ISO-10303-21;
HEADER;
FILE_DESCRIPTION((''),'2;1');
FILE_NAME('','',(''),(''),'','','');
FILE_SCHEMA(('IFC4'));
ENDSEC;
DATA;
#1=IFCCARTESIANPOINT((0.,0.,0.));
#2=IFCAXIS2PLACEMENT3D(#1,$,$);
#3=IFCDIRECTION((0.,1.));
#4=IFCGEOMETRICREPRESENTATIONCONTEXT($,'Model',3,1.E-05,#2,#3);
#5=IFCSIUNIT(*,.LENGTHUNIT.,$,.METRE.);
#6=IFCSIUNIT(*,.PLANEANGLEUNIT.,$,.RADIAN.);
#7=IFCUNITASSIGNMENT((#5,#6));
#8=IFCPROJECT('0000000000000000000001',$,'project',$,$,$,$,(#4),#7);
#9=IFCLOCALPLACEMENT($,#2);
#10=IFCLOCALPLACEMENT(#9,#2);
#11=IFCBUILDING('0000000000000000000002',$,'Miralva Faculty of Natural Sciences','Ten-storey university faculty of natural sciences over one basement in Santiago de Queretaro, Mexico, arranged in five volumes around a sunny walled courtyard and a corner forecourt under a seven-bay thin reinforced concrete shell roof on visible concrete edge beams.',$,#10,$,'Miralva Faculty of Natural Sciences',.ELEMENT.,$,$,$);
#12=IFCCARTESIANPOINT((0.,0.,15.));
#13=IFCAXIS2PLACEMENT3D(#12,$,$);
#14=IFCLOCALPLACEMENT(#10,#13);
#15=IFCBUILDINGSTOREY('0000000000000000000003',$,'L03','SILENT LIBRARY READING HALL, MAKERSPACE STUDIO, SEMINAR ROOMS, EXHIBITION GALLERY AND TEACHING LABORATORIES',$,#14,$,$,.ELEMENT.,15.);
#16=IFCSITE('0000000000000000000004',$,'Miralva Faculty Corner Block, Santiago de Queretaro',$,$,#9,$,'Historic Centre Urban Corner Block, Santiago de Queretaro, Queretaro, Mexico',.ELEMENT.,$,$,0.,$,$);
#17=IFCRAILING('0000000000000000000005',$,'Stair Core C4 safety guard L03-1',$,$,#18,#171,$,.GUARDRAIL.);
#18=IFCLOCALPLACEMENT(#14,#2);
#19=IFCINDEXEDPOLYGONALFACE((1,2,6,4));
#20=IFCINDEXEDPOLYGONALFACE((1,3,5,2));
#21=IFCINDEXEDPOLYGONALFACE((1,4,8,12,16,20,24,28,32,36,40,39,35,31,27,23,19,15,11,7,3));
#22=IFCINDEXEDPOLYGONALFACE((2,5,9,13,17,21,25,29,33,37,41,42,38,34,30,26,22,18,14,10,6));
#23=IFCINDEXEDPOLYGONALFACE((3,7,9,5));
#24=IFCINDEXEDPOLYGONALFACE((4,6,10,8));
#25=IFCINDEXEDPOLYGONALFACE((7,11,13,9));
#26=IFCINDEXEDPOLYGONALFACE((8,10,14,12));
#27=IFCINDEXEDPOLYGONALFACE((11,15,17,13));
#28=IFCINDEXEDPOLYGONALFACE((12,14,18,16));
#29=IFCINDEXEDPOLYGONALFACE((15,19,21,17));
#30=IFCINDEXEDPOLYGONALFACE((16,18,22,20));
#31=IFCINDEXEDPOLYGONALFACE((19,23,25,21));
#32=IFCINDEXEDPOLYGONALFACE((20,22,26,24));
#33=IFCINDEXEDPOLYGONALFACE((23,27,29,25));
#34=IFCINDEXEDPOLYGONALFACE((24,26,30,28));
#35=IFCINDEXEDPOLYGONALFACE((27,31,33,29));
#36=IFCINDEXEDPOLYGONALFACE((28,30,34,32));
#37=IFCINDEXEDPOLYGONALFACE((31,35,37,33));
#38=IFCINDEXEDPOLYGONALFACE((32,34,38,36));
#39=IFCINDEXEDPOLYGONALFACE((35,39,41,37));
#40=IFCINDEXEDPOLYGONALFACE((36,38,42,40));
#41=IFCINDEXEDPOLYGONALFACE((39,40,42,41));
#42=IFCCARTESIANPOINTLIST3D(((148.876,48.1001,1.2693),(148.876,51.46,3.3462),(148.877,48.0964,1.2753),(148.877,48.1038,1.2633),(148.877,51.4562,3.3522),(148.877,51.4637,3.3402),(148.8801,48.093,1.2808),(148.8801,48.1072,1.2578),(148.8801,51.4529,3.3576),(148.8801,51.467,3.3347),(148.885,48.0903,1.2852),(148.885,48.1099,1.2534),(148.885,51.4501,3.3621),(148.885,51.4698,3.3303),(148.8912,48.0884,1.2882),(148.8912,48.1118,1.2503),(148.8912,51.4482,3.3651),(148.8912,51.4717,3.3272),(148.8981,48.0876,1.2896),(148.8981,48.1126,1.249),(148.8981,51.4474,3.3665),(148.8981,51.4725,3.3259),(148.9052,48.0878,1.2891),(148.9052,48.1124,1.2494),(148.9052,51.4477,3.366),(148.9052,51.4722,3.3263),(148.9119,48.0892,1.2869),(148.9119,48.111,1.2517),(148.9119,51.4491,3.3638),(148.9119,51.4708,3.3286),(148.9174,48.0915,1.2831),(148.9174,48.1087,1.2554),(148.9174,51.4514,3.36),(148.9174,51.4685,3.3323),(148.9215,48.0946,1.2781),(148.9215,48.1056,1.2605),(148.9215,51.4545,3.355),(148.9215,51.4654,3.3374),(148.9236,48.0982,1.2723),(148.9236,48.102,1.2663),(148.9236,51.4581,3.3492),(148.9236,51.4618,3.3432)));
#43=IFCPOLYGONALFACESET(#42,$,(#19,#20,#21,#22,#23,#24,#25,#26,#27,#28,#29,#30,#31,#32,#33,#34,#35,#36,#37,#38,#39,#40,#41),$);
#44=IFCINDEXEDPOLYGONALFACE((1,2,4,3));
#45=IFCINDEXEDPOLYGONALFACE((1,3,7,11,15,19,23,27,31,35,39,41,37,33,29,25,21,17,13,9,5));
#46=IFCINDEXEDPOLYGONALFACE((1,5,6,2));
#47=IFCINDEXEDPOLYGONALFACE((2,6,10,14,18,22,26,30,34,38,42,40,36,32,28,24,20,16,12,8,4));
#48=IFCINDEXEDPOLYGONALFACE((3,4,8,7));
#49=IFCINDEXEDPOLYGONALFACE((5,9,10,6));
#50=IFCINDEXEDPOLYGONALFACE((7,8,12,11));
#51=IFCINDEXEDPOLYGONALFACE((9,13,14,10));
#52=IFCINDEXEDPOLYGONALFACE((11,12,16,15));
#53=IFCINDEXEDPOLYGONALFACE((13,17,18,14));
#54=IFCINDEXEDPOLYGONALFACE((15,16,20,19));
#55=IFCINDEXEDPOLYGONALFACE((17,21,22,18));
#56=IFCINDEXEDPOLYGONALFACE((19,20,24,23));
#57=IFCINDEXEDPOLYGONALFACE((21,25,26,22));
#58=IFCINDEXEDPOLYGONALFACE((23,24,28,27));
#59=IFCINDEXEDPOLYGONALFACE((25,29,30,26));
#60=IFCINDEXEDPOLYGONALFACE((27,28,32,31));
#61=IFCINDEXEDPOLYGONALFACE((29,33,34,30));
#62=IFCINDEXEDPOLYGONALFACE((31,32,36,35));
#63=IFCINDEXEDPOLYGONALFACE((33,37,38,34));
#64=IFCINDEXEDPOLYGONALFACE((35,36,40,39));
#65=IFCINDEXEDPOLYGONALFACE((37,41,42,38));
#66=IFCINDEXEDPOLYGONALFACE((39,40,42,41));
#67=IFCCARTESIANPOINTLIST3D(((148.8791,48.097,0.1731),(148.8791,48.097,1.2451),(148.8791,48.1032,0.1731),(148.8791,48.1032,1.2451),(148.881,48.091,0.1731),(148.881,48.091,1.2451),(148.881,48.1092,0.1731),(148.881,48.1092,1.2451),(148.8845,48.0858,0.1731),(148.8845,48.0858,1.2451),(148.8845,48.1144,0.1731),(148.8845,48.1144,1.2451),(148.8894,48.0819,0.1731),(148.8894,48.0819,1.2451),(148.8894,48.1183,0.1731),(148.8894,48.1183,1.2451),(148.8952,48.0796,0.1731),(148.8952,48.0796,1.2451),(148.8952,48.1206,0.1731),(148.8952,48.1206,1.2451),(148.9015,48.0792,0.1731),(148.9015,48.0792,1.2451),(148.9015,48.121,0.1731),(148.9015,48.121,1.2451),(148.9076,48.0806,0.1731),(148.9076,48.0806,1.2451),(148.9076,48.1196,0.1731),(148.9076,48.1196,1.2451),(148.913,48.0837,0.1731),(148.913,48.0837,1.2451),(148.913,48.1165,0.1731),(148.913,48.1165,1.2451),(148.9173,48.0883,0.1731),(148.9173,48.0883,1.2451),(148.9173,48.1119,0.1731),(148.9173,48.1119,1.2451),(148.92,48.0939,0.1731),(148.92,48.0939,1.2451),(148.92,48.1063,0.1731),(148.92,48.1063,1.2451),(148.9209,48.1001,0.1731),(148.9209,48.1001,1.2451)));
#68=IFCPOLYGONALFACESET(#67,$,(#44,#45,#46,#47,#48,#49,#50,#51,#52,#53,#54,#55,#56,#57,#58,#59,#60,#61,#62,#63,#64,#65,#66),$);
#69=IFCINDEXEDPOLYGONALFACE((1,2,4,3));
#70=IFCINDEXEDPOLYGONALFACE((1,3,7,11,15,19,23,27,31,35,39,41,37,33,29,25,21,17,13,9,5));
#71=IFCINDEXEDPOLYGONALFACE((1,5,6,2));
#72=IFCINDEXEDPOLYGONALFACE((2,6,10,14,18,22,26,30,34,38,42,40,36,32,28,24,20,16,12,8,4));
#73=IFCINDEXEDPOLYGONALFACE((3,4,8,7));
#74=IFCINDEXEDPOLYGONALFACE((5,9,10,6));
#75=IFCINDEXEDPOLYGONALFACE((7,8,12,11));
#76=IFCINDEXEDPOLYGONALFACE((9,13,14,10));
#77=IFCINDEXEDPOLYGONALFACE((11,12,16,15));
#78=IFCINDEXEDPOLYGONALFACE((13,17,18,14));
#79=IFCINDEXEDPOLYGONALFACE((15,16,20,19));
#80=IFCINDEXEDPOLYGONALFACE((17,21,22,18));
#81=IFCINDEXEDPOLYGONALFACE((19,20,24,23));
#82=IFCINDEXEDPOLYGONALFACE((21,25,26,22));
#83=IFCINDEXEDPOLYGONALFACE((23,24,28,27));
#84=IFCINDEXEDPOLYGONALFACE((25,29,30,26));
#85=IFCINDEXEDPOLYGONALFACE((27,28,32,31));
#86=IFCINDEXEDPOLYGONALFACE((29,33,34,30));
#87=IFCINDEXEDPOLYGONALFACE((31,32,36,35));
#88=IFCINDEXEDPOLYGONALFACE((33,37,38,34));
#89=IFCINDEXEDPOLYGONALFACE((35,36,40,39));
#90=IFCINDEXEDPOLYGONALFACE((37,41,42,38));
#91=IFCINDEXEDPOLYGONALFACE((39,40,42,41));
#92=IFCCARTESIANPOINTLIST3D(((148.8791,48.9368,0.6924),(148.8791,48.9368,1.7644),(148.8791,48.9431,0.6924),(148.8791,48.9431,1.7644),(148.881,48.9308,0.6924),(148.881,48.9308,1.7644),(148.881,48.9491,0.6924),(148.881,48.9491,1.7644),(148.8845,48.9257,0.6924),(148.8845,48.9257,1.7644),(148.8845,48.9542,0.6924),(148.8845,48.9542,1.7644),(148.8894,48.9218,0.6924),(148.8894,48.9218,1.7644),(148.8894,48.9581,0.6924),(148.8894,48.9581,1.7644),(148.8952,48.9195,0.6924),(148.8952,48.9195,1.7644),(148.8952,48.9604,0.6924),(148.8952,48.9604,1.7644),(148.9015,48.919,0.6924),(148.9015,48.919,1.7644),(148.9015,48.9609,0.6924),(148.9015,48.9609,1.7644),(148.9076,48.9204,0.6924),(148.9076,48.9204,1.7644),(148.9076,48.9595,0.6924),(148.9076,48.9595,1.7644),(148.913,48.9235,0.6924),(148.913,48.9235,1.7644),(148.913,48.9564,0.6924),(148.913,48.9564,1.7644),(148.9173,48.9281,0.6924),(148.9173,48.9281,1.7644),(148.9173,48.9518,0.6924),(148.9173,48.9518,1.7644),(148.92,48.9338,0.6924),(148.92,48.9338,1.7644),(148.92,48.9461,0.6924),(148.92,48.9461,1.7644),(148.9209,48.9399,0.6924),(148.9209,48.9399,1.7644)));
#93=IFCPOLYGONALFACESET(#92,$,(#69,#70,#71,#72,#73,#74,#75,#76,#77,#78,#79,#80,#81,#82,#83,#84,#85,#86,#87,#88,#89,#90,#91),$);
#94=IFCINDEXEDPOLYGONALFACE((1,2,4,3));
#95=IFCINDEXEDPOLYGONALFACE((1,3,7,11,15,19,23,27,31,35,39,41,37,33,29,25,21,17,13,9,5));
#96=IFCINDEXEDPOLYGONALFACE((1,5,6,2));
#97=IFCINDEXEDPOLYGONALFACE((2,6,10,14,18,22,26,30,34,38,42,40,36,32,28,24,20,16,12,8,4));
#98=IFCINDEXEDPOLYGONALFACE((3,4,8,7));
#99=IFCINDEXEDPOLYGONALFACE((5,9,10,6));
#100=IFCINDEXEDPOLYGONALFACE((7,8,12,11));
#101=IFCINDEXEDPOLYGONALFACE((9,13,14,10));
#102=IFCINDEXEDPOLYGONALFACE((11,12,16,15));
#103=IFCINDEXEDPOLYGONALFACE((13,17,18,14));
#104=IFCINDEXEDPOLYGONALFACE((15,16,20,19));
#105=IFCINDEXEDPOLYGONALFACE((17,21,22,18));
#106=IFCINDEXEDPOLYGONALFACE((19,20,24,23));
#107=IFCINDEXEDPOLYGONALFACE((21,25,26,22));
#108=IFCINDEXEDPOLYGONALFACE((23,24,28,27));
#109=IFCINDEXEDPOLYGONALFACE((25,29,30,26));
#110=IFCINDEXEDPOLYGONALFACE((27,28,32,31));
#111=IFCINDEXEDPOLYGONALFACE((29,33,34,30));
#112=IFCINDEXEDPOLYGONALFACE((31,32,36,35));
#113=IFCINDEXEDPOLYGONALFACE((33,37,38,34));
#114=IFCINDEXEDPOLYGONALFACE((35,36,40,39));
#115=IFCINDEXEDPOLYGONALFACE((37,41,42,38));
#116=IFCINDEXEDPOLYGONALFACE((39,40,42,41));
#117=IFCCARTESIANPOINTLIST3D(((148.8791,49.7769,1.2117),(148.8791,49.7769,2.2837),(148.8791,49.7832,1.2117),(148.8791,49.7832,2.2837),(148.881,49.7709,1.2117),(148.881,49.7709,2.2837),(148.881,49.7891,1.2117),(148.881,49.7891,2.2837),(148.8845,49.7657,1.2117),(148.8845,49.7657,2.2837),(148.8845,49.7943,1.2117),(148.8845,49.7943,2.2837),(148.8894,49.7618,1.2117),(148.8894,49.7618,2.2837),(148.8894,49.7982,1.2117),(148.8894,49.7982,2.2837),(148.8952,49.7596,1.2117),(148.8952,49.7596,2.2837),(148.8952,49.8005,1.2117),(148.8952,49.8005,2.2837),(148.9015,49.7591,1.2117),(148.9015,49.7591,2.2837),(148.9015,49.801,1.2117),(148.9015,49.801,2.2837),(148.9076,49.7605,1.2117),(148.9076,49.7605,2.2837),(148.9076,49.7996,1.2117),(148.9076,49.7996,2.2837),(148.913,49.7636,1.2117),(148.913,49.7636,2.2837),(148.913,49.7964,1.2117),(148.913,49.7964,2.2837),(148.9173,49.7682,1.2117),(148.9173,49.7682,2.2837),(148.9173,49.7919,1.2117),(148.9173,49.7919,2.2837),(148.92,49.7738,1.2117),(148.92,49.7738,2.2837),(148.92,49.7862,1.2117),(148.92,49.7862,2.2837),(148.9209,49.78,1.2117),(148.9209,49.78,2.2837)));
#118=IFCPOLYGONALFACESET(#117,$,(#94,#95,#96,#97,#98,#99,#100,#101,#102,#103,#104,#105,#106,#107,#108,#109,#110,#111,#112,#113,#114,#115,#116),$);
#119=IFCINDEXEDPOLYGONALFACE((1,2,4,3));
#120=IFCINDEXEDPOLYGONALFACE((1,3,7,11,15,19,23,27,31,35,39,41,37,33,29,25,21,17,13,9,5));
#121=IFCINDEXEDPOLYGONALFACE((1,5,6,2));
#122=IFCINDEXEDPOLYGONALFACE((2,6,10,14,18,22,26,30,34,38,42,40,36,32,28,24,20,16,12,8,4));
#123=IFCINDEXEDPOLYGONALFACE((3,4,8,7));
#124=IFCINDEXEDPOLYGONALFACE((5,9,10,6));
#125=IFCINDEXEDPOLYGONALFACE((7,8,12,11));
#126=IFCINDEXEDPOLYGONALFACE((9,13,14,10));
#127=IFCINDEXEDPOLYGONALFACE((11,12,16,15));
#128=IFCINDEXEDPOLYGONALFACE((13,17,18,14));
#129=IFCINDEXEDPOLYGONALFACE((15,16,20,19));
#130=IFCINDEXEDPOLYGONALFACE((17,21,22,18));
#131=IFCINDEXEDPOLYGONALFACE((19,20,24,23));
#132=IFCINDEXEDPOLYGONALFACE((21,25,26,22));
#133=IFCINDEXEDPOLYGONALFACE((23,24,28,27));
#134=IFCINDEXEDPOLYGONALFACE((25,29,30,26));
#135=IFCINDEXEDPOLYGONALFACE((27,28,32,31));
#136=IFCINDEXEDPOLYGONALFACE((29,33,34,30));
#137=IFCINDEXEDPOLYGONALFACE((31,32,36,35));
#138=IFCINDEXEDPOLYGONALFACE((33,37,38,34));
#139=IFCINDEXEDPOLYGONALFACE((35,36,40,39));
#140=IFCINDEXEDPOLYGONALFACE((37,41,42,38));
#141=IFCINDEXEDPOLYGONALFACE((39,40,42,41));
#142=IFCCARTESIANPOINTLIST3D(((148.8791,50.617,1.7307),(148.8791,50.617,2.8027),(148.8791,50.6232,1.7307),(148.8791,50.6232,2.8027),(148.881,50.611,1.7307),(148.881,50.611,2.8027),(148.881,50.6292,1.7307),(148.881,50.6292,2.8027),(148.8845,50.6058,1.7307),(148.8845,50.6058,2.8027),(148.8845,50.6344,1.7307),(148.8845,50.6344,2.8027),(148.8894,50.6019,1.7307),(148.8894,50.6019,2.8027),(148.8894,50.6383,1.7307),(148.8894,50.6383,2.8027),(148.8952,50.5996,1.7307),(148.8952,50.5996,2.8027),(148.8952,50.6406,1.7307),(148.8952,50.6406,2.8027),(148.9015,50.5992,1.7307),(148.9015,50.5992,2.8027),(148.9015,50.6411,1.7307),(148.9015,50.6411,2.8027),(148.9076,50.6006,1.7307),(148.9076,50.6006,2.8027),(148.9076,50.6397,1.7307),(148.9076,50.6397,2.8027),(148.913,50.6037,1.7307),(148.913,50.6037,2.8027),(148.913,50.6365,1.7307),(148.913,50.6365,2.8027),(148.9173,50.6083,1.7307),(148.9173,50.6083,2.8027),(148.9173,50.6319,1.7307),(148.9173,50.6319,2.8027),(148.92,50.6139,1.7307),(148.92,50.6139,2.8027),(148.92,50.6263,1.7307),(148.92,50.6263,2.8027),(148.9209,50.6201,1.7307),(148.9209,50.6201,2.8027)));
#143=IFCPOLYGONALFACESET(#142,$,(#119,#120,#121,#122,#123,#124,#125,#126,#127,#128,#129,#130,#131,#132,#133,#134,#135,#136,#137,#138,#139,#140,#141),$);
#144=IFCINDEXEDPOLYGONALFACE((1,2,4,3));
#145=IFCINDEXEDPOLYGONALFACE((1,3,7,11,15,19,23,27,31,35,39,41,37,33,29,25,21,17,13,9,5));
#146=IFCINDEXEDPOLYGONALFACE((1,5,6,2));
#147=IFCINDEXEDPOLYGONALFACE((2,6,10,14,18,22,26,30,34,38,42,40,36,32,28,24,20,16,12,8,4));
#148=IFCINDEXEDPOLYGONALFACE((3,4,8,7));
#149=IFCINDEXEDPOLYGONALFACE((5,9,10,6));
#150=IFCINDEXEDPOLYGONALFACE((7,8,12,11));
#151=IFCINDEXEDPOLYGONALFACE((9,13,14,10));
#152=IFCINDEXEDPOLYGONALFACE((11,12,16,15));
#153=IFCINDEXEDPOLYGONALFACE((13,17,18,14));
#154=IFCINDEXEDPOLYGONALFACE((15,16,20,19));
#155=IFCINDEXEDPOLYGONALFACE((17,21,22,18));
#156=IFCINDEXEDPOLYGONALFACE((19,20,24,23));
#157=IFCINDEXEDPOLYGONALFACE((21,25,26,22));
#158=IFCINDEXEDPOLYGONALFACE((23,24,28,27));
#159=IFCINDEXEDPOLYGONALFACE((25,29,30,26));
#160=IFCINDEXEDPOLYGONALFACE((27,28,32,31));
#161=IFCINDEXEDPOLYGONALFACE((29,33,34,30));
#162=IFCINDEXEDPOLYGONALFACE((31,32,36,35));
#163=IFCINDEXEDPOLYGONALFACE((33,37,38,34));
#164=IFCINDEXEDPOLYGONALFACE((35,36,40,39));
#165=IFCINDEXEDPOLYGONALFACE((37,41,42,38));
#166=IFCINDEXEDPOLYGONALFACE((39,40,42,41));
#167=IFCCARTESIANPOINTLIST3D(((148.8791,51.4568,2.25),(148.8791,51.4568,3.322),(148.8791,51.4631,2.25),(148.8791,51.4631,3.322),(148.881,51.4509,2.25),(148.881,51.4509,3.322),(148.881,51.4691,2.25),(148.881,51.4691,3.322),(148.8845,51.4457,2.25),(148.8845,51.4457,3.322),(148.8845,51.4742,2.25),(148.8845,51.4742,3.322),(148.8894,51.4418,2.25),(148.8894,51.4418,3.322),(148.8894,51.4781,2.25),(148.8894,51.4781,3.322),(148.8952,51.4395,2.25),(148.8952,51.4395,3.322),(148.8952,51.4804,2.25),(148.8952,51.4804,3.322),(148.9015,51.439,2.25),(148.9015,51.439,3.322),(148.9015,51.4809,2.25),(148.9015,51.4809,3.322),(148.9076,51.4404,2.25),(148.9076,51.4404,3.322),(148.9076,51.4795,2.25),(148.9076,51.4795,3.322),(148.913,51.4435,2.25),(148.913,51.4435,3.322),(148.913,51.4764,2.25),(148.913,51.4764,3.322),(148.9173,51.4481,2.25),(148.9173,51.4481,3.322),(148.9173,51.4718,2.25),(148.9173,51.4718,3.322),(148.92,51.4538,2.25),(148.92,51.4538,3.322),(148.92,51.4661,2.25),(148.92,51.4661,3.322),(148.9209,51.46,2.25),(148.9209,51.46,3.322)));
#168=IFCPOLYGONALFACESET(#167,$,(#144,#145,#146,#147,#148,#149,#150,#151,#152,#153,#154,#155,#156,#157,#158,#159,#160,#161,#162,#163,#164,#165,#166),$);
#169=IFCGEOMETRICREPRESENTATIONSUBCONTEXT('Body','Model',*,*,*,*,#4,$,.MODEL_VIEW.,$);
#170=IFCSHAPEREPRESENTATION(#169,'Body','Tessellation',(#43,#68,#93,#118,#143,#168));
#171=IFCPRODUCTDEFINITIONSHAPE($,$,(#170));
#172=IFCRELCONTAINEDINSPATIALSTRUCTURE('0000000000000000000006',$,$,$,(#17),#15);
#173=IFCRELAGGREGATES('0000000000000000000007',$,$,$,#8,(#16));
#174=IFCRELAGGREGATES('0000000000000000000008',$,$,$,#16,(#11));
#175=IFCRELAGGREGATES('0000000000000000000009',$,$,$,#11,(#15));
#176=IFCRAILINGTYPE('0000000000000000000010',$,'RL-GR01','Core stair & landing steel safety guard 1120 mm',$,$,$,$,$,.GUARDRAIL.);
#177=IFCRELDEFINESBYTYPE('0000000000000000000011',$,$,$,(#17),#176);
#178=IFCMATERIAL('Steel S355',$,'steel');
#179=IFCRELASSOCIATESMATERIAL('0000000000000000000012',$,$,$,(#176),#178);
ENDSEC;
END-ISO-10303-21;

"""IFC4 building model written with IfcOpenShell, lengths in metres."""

from ifc_helpers import new_model, si_unit, direction, frame, origin, origin_2d, place, context, subcontext, project, spatial, circle, extrude, material, type_object, element, save


model = new_model("IFC4")

# Units and contexts
model_context = context("Model", 3, precision=1e-05, world=origin(), true_north=direction((0.0, 1.0)))
body_context = subcontext(model_context, "Body", "Model", "MODEL_VIEW")
ifc_project = project(units=[si_unit("LENGTHUNIT", "METRE"), si_unit("PLANEANGLEUNIT", "RADIAN")], contexts=[model_context])

# Site, building, storey
site_placement = place(None, origin())
site = spatial("IfcSite", under=ifc_project, at=site_placement, Name="Miralva Faculty Corner Block, Santiago de Queretaro", LongName="Historic Centre Urban Corner Block, Santiago de Queretaro, Queretaro, Mexico", CompositionType="ELEMENT", RefElevation=0.0)
building_placement = place(site_placement, origin())
building = spatial("IfcBuilding", under=site, at=building_placement, Name="Miralva Faculty of Natural Sciences", Description="Ten-storey university faculty of natural sciences over one basement in Santiago de Queretaro, Mexico, arranged in five volumes around a sunny walled courtyard and a corner forecourt under a seven-bay thin reinforced concrete shell roof on visible concrete edge beams.", LongName="Miralva Faculty of Natural Sciences", CompositionType="ELEMENT")
storey_placement = place(building_placement, frame((0.0, 0.0, 15.0)))
storey = spatial("IfcBuildingStorey", under=building, at=storey_placement, Name="L03", Description="SILENT LIBRARY READING HALL, MAKERSPACE STUDIO, SEMINAR ROOMS, EXHIBITION GALLERY AND TEACHING LABORATORIES", CompositionType="ELEMENT", Elevation=15.0)

# Railing
ifc_material_1 = material(Name="Steel S355", Category="steel")
railing_type_1 = type_object("IfcRailingType", Name="RL-GR01", Description="Core stair & landing steel safety guard 1120 mm", PredefinedType="GUARDRAIL", material=ifc_material_1)
railing_1_placement = place(storey_placement, frame((148.8999, 48.1001, 0.1731)))
element("IfcRailing", 1, at=railing_1_placement, inside=storey, type_object=railing_type_1, Name="Stair Core C4 safety guard L03-1", PredefinedType="GUARDRAIL", context=body_context, shape_type="SweptSolid", body=[
    extrude(circle(Radius=0.0239, at=origin_2d()), frame((0.0, 0.0, 1.0962), z_axis=(0.0, 0.850606, 0.525803), x_axis=(-1.0, 0.0, 0.0)), (0.0, 0.0, 1.0), 3.95),
    extrude(circle(Radius=0.021, at=origin_2d()), origin(), (0.0, 0.0, 1.0), 1.072),
    extrude(circle(Radius=0.021, at=origin_2d()), frame((0.0, 0.8398, 0.5193)), (0.0, 0.0, 1.0), 1.072),
    extrude(circle(Radius=0.021, at=origin_2d()), frame((0.0, 1.6799, 1.0386)), (0.0, 0.0, 1.0), 1.072),
    extrude(circle(Radius=0.021, at=origin_2d()), frame((0.0, 2.52, 1.5576)), (0.0, 0.0, 1.0), 1.072),
    extrude(circle(Radius=0.021, at=origin_2d()), frame((0.0, 3.3599, 2.0769)), (0.0, 0.0, 1.0), 1.072),
])

save(model, "model.ifc")
